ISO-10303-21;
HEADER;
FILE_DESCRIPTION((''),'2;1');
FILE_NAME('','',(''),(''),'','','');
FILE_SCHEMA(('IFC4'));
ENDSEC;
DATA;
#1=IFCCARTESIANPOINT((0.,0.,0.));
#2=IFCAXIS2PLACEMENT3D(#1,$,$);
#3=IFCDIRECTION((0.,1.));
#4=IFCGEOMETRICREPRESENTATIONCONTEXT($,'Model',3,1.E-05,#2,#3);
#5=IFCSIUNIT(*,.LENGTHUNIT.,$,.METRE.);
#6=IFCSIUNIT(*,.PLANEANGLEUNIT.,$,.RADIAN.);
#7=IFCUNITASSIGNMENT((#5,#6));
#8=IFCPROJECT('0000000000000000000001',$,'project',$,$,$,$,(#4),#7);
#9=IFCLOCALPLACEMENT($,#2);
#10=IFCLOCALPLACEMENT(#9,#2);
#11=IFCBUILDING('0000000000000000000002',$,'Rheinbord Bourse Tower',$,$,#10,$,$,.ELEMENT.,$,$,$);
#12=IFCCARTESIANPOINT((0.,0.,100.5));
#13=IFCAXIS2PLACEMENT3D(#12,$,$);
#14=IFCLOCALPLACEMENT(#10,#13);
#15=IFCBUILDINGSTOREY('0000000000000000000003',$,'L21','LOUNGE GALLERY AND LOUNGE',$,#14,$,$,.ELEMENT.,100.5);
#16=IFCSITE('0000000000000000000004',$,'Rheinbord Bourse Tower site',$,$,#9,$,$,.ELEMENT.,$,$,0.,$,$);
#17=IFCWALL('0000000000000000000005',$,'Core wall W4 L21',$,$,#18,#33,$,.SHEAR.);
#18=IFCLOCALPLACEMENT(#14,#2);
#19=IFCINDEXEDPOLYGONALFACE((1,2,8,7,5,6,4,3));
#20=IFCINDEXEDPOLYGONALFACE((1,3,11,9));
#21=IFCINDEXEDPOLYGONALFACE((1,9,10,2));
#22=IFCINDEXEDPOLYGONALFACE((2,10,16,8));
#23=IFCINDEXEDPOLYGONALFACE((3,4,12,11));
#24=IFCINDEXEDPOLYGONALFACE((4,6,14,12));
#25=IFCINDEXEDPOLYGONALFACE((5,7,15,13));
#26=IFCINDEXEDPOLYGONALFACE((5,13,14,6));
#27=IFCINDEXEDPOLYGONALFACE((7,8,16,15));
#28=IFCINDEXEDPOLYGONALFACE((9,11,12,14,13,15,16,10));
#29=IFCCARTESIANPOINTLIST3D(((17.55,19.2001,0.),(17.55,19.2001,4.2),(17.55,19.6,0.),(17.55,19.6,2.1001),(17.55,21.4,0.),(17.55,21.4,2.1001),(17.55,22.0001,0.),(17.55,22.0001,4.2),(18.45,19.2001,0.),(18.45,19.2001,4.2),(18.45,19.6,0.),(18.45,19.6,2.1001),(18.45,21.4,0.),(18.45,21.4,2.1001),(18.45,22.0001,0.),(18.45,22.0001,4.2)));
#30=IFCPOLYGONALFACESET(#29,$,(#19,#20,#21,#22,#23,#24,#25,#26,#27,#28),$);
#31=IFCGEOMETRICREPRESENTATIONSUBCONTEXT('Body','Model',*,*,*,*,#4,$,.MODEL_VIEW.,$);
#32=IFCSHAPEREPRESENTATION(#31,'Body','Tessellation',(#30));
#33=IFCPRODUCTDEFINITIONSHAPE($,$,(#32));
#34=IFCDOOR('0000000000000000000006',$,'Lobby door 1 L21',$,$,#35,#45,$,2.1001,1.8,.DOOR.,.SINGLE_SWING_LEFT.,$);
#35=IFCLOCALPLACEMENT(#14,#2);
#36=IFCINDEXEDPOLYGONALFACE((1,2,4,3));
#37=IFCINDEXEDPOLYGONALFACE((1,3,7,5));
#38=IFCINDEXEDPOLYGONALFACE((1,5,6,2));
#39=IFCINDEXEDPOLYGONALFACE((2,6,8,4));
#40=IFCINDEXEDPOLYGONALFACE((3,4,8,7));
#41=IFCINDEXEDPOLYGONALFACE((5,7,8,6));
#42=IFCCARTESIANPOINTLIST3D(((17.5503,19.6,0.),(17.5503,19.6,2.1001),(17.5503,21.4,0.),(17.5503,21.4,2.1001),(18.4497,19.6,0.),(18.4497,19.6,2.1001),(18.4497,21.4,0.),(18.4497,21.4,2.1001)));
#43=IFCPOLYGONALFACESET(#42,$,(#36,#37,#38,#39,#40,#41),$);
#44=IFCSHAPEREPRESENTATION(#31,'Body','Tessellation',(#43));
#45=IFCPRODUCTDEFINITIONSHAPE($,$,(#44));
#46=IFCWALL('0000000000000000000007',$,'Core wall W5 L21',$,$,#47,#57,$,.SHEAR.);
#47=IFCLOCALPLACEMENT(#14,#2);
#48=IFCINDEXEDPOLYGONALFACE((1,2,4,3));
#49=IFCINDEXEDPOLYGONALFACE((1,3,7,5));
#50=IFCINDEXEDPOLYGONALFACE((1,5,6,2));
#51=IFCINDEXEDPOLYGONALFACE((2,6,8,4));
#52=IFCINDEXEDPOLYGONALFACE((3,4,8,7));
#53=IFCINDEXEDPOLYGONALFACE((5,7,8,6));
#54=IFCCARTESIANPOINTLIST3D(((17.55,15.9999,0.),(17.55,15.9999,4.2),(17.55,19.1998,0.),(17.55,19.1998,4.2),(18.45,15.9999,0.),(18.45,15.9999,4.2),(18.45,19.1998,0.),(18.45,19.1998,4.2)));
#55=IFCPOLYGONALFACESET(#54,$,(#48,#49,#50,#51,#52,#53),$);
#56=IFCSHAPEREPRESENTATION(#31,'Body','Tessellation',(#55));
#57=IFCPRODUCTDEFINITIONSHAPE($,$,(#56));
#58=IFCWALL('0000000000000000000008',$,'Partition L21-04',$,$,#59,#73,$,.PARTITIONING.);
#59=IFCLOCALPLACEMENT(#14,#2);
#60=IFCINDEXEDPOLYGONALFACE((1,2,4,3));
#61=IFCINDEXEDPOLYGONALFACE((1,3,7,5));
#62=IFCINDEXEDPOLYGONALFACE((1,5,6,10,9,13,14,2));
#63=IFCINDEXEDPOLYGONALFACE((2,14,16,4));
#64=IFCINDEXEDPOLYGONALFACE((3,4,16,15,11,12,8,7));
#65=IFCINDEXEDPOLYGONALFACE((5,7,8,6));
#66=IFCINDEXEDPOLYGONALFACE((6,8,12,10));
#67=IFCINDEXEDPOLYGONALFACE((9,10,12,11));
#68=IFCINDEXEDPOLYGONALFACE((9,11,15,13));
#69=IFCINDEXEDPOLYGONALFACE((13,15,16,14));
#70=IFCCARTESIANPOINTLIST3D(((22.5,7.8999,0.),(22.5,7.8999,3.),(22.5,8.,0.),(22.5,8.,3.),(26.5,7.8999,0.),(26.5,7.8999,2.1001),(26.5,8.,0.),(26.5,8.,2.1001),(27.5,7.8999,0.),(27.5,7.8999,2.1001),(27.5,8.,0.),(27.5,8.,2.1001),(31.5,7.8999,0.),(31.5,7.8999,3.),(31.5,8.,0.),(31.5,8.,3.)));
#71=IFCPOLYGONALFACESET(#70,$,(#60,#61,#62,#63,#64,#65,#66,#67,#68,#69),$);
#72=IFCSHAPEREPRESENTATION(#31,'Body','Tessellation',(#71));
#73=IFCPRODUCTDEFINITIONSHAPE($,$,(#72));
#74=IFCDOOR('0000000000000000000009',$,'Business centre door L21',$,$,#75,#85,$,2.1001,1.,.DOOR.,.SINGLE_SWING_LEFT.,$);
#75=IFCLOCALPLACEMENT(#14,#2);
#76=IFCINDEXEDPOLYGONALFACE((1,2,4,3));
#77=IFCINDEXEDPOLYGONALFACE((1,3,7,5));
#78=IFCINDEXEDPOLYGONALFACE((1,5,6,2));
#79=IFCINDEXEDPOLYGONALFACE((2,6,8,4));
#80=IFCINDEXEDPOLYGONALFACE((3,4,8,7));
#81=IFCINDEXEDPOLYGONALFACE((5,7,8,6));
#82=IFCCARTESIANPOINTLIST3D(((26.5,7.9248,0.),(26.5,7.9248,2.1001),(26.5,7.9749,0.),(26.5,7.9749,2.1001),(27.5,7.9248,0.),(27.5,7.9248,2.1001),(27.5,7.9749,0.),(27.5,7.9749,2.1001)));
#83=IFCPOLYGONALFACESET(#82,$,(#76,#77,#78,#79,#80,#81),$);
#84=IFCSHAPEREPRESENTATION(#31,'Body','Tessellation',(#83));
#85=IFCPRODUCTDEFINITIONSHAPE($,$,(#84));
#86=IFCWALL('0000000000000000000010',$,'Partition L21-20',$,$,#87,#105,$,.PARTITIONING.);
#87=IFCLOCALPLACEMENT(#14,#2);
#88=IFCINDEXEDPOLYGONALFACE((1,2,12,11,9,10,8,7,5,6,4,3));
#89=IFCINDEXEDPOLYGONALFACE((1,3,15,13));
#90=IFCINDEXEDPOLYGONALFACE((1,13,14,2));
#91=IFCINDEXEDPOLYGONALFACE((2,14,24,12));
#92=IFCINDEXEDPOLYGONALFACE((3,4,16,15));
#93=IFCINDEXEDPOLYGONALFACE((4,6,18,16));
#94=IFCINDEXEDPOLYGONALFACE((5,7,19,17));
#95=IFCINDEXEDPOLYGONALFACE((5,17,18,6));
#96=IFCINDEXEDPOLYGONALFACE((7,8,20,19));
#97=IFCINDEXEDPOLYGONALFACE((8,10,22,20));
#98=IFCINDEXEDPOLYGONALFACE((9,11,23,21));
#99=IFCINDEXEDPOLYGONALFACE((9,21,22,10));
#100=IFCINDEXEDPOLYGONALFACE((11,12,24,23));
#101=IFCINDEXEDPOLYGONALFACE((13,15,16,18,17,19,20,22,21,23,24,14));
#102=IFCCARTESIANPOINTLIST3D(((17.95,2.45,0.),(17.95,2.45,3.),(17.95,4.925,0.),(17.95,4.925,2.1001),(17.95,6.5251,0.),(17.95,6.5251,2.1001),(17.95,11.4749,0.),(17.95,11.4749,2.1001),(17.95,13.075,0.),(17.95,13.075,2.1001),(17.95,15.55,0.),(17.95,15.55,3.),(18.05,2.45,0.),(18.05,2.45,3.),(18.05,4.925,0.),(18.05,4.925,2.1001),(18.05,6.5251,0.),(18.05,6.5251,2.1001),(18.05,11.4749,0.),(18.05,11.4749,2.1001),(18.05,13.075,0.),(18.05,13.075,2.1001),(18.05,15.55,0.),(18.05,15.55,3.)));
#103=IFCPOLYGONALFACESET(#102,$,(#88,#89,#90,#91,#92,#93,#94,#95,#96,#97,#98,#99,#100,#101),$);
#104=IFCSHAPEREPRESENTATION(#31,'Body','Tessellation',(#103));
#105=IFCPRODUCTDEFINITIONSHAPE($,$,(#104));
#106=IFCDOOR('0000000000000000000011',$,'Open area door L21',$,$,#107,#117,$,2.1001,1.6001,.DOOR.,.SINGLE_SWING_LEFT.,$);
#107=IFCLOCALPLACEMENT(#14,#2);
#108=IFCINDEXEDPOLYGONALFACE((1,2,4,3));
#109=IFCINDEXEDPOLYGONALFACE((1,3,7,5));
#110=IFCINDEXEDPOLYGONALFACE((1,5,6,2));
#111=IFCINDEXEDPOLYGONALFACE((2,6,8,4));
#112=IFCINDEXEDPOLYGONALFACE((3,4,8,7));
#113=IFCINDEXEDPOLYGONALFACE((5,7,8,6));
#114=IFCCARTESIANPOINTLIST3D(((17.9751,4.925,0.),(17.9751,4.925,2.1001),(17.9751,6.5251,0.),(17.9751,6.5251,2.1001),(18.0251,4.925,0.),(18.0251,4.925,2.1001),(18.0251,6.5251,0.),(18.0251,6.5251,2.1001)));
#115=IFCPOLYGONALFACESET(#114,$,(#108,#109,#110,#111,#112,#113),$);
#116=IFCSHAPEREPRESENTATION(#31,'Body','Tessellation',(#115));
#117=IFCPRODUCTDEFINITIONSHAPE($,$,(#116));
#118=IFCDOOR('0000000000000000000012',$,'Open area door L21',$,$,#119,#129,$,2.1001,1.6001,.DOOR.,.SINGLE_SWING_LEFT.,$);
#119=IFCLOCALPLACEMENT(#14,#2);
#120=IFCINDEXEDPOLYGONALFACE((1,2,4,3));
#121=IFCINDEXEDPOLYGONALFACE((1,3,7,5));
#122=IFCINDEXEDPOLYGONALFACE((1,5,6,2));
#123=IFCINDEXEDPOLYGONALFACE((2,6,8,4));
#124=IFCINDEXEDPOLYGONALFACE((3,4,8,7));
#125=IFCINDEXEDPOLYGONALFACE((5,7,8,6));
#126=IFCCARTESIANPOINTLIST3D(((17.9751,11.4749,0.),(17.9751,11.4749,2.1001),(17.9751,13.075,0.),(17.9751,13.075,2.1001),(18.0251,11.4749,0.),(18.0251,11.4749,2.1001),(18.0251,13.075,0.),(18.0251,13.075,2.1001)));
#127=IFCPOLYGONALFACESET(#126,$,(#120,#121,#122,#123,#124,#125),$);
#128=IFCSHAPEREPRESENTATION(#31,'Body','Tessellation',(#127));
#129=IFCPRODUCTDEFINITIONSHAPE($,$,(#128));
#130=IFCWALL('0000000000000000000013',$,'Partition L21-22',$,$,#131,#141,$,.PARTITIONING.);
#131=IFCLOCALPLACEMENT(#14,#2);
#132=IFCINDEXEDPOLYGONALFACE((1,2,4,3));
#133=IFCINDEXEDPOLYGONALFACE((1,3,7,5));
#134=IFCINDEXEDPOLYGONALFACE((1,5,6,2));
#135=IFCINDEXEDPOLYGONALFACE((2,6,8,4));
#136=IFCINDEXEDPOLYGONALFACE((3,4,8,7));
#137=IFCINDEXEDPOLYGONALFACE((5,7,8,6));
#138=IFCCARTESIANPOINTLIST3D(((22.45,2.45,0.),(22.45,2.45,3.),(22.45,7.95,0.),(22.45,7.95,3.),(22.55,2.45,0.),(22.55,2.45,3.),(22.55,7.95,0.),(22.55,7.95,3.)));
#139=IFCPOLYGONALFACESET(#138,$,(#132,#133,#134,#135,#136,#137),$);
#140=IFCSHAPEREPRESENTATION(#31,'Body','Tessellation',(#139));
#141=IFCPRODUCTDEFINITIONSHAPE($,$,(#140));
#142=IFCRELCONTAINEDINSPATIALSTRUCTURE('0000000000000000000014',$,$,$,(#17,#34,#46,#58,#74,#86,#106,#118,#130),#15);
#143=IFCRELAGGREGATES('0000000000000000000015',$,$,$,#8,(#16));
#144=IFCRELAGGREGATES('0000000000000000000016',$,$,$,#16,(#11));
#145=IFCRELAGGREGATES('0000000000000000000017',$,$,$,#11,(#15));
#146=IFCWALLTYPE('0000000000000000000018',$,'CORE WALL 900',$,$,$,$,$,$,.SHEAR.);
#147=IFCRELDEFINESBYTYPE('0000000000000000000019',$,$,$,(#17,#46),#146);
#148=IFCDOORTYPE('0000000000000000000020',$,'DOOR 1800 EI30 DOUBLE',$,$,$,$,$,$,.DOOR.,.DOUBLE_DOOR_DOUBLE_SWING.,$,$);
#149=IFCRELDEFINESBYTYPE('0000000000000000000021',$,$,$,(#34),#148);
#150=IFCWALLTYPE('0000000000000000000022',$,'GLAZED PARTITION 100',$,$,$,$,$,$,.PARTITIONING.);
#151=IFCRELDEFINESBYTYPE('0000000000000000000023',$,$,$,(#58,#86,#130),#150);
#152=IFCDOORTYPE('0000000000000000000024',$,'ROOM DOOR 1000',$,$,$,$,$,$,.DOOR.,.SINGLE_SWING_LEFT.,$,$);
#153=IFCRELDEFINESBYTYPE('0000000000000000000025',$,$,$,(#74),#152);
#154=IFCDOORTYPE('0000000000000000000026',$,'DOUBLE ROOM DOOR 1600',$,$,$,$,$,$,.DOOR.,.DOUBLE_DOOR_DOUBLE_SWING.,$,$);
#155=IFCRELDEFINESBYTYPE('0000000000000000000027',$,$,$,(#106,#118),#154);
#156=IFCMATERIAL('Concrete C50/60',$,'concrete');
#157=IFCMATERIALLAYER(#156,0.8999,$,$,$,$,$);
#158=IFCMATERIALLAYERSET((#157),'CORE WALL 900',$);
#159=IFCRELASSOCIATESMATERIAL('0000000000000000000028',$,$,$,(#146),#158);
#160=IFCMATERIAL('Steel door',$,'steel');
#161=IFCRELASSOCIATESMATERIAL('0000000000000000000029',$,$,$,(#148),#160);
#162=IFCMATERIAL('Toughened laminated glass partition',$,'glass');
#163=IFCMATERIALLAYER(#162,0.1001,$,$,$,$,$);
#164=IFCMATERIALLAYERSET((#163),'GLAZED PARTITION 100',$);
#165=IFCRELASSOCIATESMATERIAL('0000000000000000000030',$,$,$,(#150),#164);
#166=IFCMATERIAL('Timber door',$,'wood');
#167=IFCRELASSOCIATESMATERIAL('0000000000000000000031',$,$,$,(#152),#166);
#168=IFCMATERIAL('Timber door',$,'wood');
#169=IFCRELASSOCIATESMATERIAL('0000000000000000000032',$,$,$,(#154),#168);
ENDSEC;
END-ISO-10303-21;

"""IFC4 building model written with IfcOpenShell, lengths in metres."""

from ifc_helpers import new_model, si_unit, direction, frame, frame_2d, origin, place, context, subcontext, project, spatial, rectangle, extrude, material, layer, layer_set, type_object, element, fill, save


model = new_model("IFC4")

# Units and contexts
model_context = context("Model", 3, precision=1e-05, world=origin(), true_north=direction((0.0, 1.0)))
body_context = subcontext(model_context, "Body", "Model", "MODEL_VIEW")
ifc_project = project(units=[si_unit("LENGTHUNIT", "METRE"), si_unit("PLANEANGLEUNIT", "RADIAN")], contexts=[model_context])

# Site, building, storey
site_placement = place(None, origin())
site = spatial("IfcSite", under=ifc_project, at=site_placement, Name="Rheinbord Bourse Tower site", CompositionType="ELEMENT", RefElevation=0.0)
building_placement = place(site_placement, origin())
building = spatial("IfcBuilding", under=site, at=building_placement, Name="Rheinbord Bourse Tower", CompositionType="ELEMENT")
storey_placement = place(building_placement, frame((0.0, 0.0, 100.5)))
storey = spatial("IfcBuildingStorey", under=building, at=storey_placement, Name="L21", Description="LOUNGE GALLERY AND LOUNGE", CompositionType="ELEMENT", Elevation=100.5)

# Shared definitions
ifc_material_1 = material(Name="Concrete C50/60", Category="concrete")
ifc_layer_1 = layer(ifc_material_1, 0.8999)
ifc_layer_set_1 = layer_set([ifc_layer_1], Name="CORE WALL 900")
wall_type_1 = type_object("IfcWallType", Name="CORE WALL 900", PredefinedType="SHEAR", material=ifc_layer_set_1)

# Wall, opening, door
wall_1_placement = place(storey_placement, frame((18.0, 22.0, 0.0), z_axis=(0.0, 0.0, 1.0), x_axis=(0.0, -1.0, 0.0)))
wall_1 = element("IfcWall", 1, at=wall_1_placement, inside=storey, type_object=wall_type_1, Name="Core wall W4 L21", PredefinedType="SHEAR", context=body_context, shape_type="SweptSolid", body=[
    extrude(rectangle(XDim=2.8, YDim=0.8999, at=frame_2d((1.3999, 0.0))), origin(), (0.0, 0.0, 1.0), 4.2),
])
opening_1_placement = place(wall_1_placement, frame((0.6001, 0.0, 0.0)))
opening_1 = element("IfcOpeningElement", 2, at=opening_1_placement, cuts=wall_1, PredefinedType="OPENING", context=body_context, shape_type="SweptSolid", body=[
    extrude(rectangle(XDim=1.8, YDim=2.1001, at=frame_2d((0.8999, 1.05))), frame((0.0, 0.46, 0.0), z_axis=(0.0, -1.0, 0.0), x_axis=(1.0, 0.0, 0.0)), (0.0, 0.0, 1.0), 0.9199),
])
ifc_material_2 = material(Name="Steel door", Category="steel")
door_type_1 = type_object("IfcDoorType", Name="DOOR 1800 EI30 DOUBLE", OperationType="DOUBLE_DOOR_DOUBLE_SWING", PredefinedType="DOOR", material=ifc_material_2)
door_1_placement = place(opening_1_placement, origin())
door_1 = element("IfcDoor", 3, at=door_1_placement, inside=storey, type_object=door_type_1, Name="Lobby door 1 L21", OperationType="SINGLE_SWING_LEFT", OverallHeight=2.1001, OverallWidth=1.8, PredefinedType="DOOR", context=body_context, shape_type="SweptSolid", body=[
    extrude(rectangle(XDim=1.8, YDim=2.1001, at=frame_2d((0.8999, 1.05))), frame((0.0, 0.4497, 0.0), z_axis=(0.0, -1.0, 0.0), x_axis=(1.0, 0.0, 0.0)), (0.0, 0.0, 1.0), 0.8994),
])
fill(opening_1, door_1)

# Wall
wall_2_placement = place(storey_placement, frame((18.0, 19.2, 0.0), z_axis=(0.0, 0.0, 1.0), x_axis=(0.0, -1.0, 0.0)))
element("IfcWall", 4, at=wall_2_placement, inside=storey, type_object=wall_type_1, Name="Core wall W5 L21", PredefinedType="SHEAR", context=body_context, shape_type="SweptSolid", body=[
    extrude(rectangle(XDim=3.2, YDim=0.8999, at=frame_2d((1.6001, 0.0))), origin(), (0.0, 0.0, 1.0), 4.2),
])

# Wall, opening, door
ifc_material_3 = material(Name="Toughened laminated glass partition", Category="glass")
ifc_layer_2 = layer(ifc_material_3, 0.1001)
ifc_layer_set_2 = layer_set([ifc_layer_2], Name="GLAZED PARTITION 100")
wall_type_2 = type_object("IfcWallType", Name="GLAZED PARTITION 100", PredefinedType="PARTITIONING", material=ifc_layer_set_2)
wall_3_placement = place(storey_placement, frame((22.5, 7.95, 0.0), z_axis=(0.0, 0.0, 1.0), x_axis=(1.0, 0.0, 0.0)))
wall_3 = element("IfcWall", 5, at=wall_3_placement, inside=storey, type_object=wall_type_2, Name="Partition L21-04", PredefinedType="PARTITIONING", context=body_context, shape_type="SweptSolid", body=[
    extrude(rectangle(XDim=9.0, YDim=0.1001, at=frame_2d((4.5, 0.0))), origin(), (0.0, 0.0, 1.0), 3.0),
])
opening_2_placement = place(wall_3_placement, frame((4.0, 0.0, 0.0)))
opening_2 = element("IfcOpeningElement", 6, at=opening_2_placement, cuts=wall_3, PredefinedType="OPENING", context=body_context, shape_type="SweptSolid", body=[
    extrude(rectangle(XDim=1.0, YDim=2.1001, at=frame_2d((0.5, 1.05))), frame((0.0, 0.0601, 0.0), z_axis=(0.0, -1.0, 0.0), x_axis=(1.0, 0.0, 0.0)), (0.0, 0.0, 1.0), 0.1201),
])
ifc_material_4 = material(Name="Timber door", Category="wood")
door_type_2 = type_object("IfcDoorType", Name="ROOM DOOR 1000", OperationType="SINGLE_SWING_LEFT", PredefinedType="DOOR", material=ifc_material_4)
door_2_placement = place(opening_2_placement, origin())
door_2 = element("IfcDoor", 7, at=door_2_placement, inside=storey, type_object=door_type_2, Name="Business centre door L21", OperationType="SINGLE_SWING_LEFT", OverallHeight=2.1001, OverallWidth=1.0, PredefinedType="DOOR", context=body_context, shape_type="SweptSolid", body=[
    extrude(rectangle(XDim=1.0, YDim=2.1001, at=frame_2d((0.5, 1.05))), frame((0.0, 0.0249, 0.0), z_axis=(0.0, -1.0, 0.0), x_axis=(1.0, 0.0, 0.0)), (0.0, 0.0, 1.0), 0.05),
])
fill(opening_2, door_2)

# Wall, openings, doors
wall_4_placement = place(storey_placement, frame((18.0, 2.45, 0.0), z_axis=(0.0, 0.0, 1.0), x_axis=(0.0, 1.0, 0.0)))
wall_4 = element("IfcWall", 8, at=wall_4_placement, inside=storey, type_object=wall_type_2, Name="Partition L21-20", PredefinedType="PARTITIONING", context=body_context, shape_type="SweptSolid", body=[
    extrude(rectangle(XDim=13.1001, YDim=0.1001, at=frame_2d((6.55, 0.0))), origin(), (0.0, 0.0, 1.0), 3.0),
])
opening_3_placement = place(wall_4_placement, frame((2.4751, 0.0, 0.0)))
opening_3 = element("IfcOpeningElement", 9, at=opening_3_placement, cuts=wall_4, PredefinedType="OPENING", context=body_context, shape_type="SweptSolid", body=[
    extrude(rectangle(XDim=1.6001, YDim=2.1001, at=frame_2d((0.8, 1.05))), frame((0.0, 0.0601, 0.0), z_axis=(0.0, -1.0, 0.0), x_axis=(1.0, 0.0, 0.0)), (0.0, 0.0, 1.0), 0.1201),
])
opening_4_placement = place(wall_4_placement, frame((9.0249, 0.0, 0.0)))
opening_4 = element("IfcOpeningElement", 10, at=opening_4_placement, cuts=wall_4, PredefinedType="OPENING", context=body_context, shape_type="SweptSolid", body=[
    extrude(rectangle(XDim=1.6001, YDim=2.1001, at=frame_2d((0.8, 1.05))), frame((0.0, 0.0601, 0.0), z_axis=(0.0, -1.0, 0.0), x_axis=(1.0, 0.0, 0.0)), (0.0, 0.0, 1.0), 0.1201),
])
ifc_material_5 = material(Name="Timber door", Category="wood")
door_type_3 = type_object("IfcDoorType", Name="DOUBLE ROOM DOOR 1600", OperationType="DOUBLE_DOOR_DOUBLE_SWING", PredefinedType="DOOR", material=ifc_material_5)
door_3_placement = place(opening_3_placement, origin())
door_3 = element("IfcDoor", 11, at=door_3_placement, inside=storey, type_object=door_type_3, Name="Open area door L21", OperationType="SINGLE_SWING_LEFT", OverallHeight=2.1001, OverallWidth=1.6001, PredefinedType="DOOR", context=body_context, shape_type="SweptSolid", body=[
    extrude(rectangle(XDim=1.6001, YDim=2.1001, at=frame_2d((0.8, 1.05))), frame((0.0, 0.0249, 0.0), z_axis=(0.0, -1.0, 0.0), x_axis=(1.0, 0.0, 0.0)), (0.0, 0.0, 1.0), 0.05),
])
fill(opening_3, door_3)
door_4_placement = place(opening_4_placement, origin())
door_4 = element("IfcDoor", 12, at=door_4_placement, inside=storey, type_object=door_type_3, Name="Open area door L21", OperationType="SINGLE_SWING_LEFT", OverallHeight=2.1001, OverallWidth=1.6001, PredefinedType="DOOR", context=body_context, shape_type="SweptSolid", body=[
    extrude(rectangle(XDim=1.6001, YDim=2.1001, at=frame_2d((0.8, 1.05))), frame((0.0, 0.0249, 0.0), z_axis=(0.0, -1.0, 0.0), x_axis=(1.0, 0.0, 0.0)), (0.0, 0.0, 1.0), 0.05),
])
fill(opening_4, door_4)

# Wall
wall_5_placement = place(storey_placement, frame((22.5, 2.45, 0.0), z_axis=(0.0, 0.0, 1.0), x_axis=(0.0, 1.0, 0.0)))
element("IfcWall", 13, at=wall_5_placement, inside=storey, type_object=wall_type_2, Name="Partition L21-22", PredefinedType="PARTITIONING", context=body_context, shape_type="SweptSolid", body=[
    extrude(rectangle(XDim=5.5, YDim=0.1001, at=frame_2d((2.75, 0.0))), origin(), (0.0, 0.0, 1.0), 3.0),
])

save(model, "model.ifc")
